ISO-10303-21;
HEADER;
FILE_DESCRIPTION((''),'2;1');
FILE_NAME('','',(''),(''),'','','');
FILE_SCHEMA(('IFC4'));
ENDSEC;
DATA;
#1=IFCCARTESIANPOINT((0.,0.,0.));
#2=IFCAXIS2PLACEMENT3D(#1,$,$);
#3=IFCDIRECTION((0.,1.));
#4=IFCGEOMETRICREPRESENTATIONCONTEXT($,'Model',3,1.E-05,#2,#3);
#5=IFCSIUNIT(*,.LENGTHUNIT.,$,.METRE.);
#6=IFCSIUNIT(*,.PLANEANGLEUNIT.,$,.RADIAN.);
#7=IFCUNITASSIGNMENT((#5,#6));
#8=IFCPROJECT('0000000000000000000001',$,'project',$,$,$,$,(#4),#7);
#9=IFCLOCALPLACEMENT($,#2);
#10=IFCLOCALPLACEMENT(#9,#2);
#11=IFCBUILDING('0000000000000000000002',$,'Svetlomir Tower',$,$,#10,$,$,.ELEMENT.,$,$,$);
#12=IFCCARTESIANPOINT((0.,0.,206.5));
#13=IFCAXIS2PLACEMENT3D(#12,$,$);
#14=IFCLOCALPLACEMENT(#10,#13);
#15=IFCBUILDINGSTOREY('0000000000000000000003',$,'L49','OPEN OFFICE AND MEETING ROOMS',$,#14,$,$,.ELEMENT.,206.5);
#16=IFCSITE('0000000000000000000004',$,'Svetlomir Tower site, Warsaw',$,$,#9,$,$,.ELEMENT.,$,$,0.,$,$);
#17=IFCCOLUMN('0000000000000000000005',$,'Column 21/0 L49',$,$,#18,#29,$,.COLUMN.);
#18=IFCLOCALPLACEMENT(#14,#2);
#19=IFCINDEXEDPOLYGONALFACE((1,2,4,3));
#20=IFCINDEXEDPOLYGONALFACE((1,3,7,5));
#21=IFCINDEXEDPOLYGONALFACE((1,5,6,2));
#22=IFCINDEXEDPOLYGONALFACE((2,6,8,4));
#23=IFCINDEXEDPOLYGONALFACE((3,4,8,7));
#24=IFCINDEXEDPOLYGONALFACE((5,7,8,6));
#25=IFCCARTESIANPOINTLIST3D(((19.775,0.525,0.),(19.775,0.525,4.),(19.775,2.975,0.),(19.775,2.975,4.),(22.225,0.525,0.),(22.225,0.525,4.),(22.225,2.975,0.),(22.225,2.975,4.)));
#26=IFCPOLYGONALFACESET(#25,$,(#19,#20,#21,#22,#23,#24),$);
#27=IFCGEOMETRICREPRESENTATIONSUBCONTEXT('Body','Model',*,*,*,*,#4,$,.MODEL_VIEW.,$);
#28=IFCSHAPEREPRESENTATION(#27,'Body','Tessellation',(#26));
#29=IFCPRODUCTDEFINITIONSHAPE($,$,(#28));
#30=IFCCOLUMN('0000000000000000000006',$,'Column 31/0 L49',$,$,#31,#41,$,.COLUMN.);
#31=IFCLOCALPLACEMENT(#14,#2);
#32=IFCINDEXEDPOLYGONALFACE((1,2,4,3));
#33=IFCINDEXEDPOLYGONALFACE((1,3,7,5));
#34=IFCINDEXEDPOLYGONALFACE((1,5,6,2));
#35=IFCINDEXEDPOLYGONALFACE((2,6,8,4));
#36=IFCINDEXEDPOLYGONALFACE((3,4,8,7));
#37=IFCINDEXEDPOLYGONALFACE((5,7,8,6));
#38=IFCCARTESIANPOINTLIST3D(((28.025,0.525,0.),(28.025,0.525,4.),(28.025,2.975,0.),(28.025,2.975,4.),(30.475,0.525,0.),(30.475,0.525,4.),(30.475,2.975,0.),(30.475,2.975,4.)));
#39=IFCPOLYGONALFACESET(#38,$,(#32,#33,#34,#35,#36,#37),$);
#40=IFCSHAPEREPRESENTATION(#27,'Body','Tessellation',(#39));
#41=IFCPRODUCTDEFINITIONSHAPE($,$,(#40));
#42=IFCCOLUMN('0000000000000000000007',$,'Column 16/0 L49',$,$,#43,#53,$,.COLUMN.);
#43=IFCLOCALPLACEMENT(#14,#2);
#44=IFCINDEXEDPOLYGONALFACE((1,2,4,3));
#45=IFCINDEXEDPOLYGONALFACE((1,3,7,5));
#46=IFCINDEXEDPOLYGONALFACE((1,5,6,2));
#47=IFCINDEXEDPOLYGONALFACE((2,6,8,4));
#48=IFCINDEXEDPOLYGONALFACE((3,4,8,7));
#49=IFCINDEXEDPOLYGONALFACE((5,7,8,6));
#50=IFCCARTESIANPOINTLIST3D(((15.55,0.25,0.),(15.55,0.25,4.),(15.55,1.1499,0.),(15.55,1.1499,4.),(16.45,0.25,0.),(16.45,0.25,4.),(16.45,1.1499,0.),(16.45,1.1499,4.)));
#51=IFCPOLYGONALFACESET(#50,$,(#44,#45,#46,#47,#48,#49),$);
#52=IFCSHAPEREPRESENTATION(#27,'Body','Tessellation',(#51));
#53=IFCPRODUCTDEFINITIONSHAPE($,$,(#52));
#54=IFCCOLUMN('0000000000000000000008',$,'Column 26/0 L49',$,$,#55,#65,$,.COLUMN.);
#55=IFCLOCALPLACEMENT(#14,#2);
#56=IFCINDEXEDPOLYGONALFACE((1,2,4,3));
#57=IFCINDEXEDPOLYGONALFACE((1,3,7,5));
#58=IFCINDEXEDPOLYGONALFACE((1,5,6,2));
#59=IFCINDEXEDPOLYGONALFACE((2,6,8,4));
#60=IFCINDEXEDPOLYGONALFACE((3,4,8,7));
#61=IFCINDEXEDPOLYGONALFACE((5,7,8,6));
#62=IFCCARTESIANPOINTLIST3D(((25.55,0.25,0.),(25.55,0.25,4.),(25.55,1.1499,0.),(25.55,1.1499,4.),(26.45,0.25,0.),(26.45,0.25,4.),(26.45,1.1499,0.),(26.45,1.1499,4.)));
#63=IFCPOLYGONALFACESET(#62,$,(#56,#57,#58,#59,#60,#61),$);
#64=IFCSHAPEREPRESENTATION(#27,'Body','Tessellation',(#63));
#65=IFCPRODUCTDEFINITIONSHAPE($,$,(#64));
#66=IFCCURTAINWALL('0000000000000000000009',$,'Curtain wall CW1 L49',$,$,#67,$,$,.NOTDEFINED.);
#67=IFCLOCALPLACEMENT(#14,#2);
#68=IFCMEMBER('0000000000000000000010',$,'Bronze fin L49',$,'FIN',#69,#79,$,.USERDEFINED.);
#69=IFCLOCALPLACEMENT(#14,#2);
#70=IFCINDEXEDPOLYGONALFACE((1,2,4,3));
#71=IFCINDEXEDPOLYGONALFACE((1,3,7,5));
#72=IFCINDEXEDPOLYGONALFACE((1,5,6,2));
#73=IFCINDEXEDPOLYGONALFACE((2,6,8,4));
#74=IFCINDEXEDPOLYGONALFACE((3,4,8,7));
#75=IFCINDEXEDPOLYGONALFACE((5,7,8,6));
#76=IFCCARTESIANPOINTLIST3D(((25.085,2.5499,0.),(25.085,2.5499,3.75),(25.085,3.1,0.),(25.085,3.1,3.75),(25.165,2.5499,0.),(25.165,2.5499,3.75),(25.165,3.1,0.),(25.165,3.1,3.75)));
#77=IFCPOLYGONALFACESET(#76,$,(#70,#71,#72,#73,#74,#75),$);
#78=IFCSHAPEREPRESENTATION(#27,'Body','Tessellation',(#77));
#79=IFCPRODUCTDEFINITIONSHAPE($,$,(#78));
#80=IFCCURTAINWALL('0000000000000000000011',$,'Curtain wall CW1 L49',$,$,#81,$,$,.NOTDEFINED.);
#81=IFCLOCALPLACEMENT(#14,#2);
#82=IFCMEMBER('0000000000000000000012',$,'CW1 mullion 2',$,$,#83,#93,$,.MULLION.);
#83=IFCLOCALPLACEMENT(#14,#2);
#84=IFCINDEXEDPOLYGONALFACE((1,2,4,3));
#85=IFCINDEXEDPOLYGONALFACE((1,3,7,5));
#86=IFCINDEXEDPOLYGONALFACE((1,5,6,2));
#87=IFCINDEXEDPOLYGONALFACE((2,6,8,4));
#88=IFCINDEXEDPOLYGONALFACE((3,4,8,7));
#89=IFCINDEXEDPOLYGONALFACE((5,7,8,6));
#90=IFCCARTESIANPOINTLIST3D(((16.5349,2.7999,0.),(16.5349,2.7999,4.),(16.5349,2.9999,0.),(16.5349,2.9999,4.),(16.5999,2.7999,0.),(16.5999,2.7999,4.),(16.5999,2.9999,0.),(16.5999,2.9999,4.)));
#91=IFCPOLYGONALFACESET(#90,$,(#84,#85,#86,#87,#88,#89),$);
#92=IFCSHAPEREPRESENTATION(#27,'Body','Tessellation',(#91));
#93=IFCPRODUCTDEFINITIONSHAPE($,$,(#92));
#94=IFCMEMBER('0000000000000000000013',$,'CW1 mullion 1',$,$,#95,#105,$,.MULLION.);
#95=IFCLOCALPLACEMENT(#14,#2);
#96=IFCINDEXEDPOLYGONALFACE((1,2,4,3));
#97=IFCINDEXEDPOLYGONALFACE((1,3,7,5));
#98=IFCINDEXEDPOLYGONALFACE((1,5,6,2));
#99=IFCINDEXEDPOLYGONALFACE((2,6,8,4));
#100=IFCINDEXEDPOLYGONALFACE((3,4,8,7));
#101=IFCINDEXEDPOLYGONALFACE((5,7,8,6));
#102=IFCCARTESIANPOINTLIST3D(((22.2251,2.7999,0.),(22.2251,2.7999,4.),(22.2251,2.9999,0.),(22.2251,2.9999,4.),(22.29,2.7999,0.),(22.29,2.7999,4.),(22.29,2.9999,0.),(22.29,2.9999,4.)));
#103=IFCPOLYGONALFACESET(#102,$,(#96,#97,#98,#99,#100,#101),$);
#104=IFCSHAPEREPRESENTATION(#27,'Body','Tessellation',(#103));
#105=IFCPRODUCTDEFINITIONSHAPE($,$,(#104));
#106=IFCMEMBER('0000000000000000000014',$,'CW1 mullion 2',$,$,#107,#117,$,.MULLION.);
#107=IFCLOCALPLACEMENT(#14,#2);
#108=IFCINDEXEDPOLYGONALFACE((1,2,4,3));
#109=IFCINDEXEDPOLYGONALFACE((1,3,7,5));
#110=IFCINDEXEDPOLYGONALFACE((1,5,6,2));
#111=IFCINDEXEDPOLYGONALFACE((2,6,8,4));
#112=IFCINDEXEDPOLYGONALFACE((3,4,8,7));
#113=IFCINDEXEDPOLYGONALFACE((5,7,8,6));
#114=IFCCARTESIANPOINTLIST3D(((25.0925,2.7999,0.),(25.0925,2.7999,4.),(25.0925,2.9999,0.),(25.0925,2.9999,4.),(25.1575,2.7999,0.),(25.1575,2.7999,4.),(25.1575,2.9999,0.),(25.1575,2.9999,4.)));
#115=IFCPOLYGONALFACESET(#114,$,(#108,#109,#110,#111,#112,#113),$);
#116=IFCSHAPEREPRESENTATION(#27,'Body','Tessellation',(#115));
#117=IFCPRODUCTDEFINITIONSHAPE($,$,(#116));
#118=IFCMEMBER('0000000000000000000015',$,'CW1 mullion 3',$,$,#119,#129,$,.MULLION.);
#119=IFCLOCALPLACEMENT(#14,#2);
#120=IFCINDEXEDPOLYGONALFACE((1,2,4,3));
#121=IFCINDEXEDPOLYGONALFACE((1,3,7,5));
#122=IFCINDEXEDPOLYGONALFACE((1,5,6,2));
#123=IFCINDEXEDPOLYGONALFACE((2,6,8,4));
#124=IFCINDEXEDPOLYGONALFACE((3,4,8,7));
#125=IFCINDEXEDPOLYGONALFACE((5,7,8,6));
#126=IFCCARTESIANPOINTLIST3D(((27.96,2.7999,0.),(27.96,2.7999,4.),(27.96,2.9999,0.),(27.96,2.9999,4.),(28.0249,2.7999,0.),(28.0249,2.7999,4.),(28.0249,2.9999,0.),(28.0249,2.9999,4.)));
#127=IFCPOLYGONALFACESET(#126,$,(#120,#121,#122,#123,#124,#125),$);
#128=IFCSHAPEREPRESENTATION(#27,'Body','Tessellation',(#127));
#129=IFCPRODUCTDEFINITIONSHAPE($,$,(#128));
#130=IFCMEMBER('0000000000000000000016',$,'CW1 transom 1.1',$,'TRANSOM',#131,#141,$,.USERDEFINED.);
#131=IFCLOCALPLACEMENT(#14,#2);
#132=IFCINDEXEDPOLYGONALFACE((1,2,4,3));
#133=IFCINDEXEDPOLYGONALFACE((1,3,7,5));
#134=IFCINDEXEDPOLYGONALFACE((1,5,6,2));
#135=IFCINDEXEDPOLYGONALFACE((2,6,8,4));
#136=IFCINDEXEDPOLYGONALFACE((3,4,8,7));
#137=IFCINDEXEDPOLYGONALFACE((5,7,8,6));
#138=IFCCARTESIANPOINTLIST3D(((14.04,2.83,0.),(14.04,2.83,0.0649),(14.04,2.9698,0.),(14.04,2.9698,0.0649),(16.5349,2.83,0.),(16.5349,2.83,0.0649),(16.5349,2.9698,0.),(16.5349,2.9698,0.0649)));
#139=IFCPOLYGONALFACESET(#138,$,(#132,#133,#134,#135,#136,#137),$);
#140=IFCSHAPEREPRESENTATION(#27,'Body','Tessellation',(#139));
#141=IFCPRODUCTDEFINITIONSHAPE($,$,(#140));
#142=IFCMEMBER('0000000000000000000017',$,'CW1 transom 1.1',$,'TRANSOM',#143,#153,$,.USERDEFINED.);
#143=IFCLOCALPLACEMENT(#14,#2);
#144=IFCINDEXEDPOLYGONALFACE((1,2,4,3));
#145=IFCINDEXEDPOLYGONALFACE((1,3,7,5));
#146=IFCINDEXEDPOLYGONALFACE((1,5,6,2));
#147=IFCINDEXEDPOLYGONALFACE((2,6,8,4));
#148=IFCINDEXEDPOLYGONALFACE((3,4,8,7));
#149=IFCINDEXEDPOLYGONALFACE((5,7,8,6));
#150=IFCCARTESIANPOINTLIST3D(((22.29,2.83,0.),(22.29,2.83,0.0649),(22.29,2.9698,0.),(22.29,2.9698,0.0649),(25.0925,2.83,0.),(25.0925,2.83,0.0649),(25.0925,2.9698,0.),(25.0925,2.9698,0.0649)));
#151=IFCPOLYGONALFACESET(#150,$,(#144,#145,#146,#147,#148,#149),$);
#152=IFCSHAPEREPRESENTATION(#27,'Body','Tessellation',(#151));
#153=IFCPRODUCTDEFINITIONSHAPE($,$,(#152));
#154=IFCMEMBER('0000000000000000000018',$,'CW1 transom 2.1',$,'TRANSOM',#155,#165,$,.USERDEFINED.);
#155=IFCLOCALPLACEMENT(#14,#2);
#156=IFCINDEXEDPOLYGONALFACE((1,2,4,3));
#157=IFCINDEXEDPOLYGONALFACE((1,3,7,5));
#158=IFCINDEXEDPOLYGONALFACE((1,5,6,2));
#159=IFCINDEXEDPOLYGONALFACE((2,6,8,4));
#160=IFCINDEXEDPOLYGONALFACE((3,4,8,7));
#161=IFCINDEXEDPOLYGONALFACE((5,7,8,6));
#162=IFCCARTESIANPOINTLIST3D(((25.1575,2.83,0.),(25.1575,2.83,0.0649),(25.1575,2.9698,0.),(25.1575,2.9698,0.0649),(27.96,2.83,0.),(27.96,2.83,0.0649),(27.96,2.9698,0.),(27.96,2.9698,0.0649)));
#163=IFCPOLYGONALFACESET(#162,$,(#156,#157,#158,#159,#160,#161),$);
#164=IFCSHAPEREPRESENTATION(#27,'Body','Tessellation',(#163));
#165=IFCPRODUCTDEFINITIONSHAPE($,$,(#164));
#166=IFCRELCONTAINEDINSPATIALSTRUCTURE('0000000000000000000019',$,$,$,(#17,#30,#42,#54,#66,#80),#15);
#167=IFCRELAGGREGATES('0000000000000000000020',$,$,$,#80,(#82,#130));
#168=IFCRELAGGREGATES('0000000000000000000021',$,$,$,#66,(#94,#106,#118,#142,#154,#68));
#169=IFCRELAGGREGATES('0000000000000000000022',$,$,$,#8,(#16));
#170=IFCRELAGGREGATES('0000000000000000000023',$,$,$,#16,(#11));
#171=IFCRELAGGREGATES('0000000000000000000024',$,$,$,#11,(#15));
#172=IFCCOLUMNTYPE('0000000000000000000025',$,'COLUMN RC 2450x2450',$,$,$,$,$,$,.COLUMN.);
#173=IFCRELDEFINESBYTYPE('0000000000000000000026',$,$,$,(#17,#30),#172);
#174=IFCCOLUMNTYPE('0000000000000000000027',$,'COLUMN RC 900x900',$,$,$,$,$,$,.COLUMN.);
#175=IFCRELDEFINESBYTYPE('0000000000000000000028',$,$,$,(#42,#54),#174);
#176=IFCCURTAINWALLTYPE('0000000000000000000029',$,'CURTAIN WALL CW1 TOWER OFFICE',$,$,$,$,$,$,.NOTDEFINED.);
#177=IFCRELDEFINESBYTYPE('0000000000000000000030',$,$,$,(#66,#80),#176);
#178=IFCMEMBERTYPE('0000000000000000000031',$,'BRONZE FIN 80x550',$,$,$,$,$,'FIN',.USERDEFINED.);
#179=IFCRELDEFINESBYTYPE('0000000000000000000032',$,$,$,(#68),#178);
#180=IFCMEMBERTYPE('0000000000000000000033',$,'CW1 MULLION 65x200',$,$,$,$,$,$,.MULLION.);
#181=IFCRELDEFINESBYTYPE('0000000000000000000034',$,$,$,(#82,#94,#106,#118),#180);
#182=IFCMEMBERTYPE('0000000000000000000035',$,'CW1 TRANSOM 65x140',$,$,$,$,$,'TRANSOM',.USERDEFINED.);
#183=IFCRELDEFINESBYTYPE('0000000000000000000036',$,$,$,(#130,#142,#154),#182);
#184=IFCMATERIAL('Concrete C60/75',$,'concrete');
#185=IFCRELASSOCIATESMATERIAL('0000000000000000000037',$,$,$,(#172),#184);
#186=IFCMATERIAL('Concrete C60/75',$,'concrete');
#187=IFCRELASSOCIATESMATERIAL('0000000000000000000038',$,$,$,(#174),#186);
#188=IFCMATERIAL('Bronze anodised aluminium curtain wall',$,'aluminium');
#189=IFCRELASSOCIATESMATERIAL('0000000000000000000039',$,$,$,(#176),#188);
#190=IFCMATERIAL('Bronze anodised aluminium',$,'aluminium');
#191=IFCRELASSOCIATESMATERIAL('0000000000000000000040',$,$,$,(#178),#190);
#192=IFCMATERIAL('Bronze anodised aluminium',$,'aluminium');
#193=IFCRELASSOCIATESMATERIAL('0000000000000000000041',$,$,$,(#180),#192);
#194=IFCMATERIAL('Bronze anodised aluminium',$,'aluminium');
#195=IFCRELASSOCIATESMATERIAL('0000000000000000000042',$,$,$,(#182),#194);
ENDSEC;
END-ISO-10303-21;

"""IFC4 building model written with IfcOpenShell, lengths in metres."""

from ifc_helpers import new_model, si_unit, direction, frame, origin, origin_2d, place, context, subcontext, project, spatial, rectangle, extrude, material, material_profile, profile_set, type_object, element, aggregate, save


model = new_model("IFC4")

# Units and contexts
model_context = context("Model", 3, precision=1e-05, world=origin(), true_north=direction((0.0, 1.0)))
body_context = subcontext(model_context, "Body", "Model", "MODEL_VIEW")
ifc_project = project(units=[si_unit("LENGTHUNIT", "METRE"), si_unit("PLANEANGLEUNIT", "RADIAN")], contexts=[model_context])

# Site, building, storey
site_placement = place(None, origin())
site = spatial("IfcSite", under=ifc_project, at=site_placement, Name="Svetlomir Tower site, Warsaw", CompositionType="ELEMENT", RefElevation=0.0)
building_placement = place(site_placement, origin())
building = spatial("IfcBuilding", under=site, at=building_placement, Name="Svetlomir Tower", CompositionType="ELEMENT")
storey_placement = place(building_placement, frame((0.0, 0.0, 206.5)))
storey = spatial("IfcBuildingStorey", under=building, at=storey_placement, Name="L49", Description="OPEN OFFICE AND MEETING ROOMS", CompositionType="ELEMENT", Elevation=206.5)

# Columns
ifc_material_1 = material(Name="Concrete C60/75", Category="concrete")
ifc_material_profile_1 = material_profile(ifc_material_1, rectangle(XDim=2.45, YDim=2.45, at=origin_2d()), Name="RC 2450x2450")
ifc_profile_set_1 = profile_set([ifc_material_profile_1], Name="Concrete C60/75")
column_type_1 = type_object("IfcColumnType", Name="COLUMN RC 2450x2450", PredefinedType="COLUMN", material=ifc_profile_set_1)
for number, where, z_axis, x_axis, name in (
    (1, (21.0, 1.75, 0.0), (0.0, 0.0, 1.0), (1.0, 0.0, 0.0), "Column 21/0 L49"),
    (2, (29.25, 1.75, 0.0), (0.0, 0.0, 1.0), (1.0, 0.0, 0.0), "Column 31/0 L49"),
):
    element("IfcColumn", number, at=place(storey_placement, frame(where, z_axis=z_axis, x_axis=x_axis)), inside=storey, type_object=column_type_1, Name=name, PredefinedType="COLUMN", context=body_context, shape_type="SweptSolid", body=[
        extrude(rectangle(XDim=2.45, YDim=2.45, at=origin_2d()), origin(), (0.0, 0.0, 1.0), 4.0),
    ])
ifc_material_2 = material(Name="Concrete C60/75", Category="concrete")
ifc_material_profile_2 = material_profile(ifc_material_2, rectangle(XDim=0.8999, YDim=0.8999, at=origin_2d()), Name="RC 900x900")
ifc_profile_set_2 = profile_set([ifc_material_profile_2], Name="Concrete C60/75")
column_type_2 = type_object("IfcColumnType", Name="COLUMN RC 900x900", PredefinedType="COLUMN", material=ifc_profile_set_2)
for number, where, z_axis, x_axis, name in (
    (3, (16.0, 0.7, 0.0), (0.0, 0.0, 1.0), (1.0, 0.0, 0.0), "Column 16/0 L49"),
    (4, (26.0, 0.7, 0.0), (0.0, 0.0, 1.0), (1.0, 0.0, 0.0), "Column 26/0 L49"),
):
    element("IfcColumn", number, at=place(storey_placement, frame(where, z_axis=z_axis, x_axis=x_axis)), inside=storey, type_object=column_type_2, Name=name, PredefinedType="COLUMN", context=body_context, shape_type="SweptSolid", body=[
        extrude(rectangle(XDim=0.8999, YDim=0.8999, at=origin_2d()), origin(), (0.0, 0.0, 1.0), 4.0),
    ])

# Curtain walls, members
ifc_material_3 = material(Name="Bronze anodised aluminium curtain wall", Category="aluminium")
curtain_wall_type = type_object("IfcCurtainWallType", Name="CURTAIN WALL CW1 TOWER OFFICE", PredefinedType="NOTDEFINED", material=ifc_material_3)
curtain_wall_1_placement = place(storey_placement, origin())
curtain_wall_1 = element("IfcCurtainWall", 5, at=curtain_wall_1_placement, inside=storey, type_object=curtain_wall_type, Name="Curtain wall CW1 L49", PredefinedType="NOTDEFINED")
ifc_material_4 = material(Name="Bronze anodised aluminium", Category="aluminium")
ifc_material_profile_3 = material_profile(ifc_material_4, rectangle(XDim=0.0801, YDim=0.55, at=origin_2d()), Name="FIN 80x550")
ifc_profile_set_3 = profile_set([ifc_material_profile_3], Name="Bronze anodised aluminium 6063-T6")
member_type_1 = type_object("IfcMemberType", Name="BRONZE FIN 80x550", ElementType="FIN", PredefinedType="USERDEFINED", material=ifc_profile_set_3)
member_1_placement = place(storey_placement, frame((25.125, 2.825, 0.0), z_axis=(0.0, 0.0, 1.0), x_axis=(1.0, 0.0, 0.0)))
member_1 = element("IfcMember", 6, at=member_1_placement, type_object=member_type_1, Name="Bronze fin L49", ObjectType="FIN", PredefinedType="USERDEFINED", context=body_context, shape_type="SweptSolid", body=[
    extrude(rectangle(XDim=0.0801, YDim=0.55, at=origin_2d()), origin(), (0.0, 0.0, 1.0), 3.75),
])
curtain_wall_2_placement = place(storey_placement, origin())
curtain_wall_2 = element("IfcCurtainWall", 7, at=curtain_wall_2_placement, inside=storey, type_object=curtain_wall_type, Name="Curtain wall CW1 L49", PredefinedType="NOTDEFINED")
ifc_material_5 = material(Name="Bronze anodised aluminium", Category="aluminium")
ifc_material_profile_4 = material_profile(ifc_material_5, rectangle(XDim=0.0649, YDim=0.2, at=origin_2d()), Name="AL 65x200")
ifc_profile_set_4 = profile_set([ifc_material_profile_4], Name="Bronze anodised aluminium 6063-T6")
member_type_2 = type_object("IfcMemberType", Name="CW1 MULLION 65x200", PredefinedType="MULLION", material=ifc_profile_set_4)
member_2_placement = place(storey_placement, frame((16.5674, 2.8999, 0.0), z_axis=(0.0, 0.0, 1.0), x_axis=(1.0, 0.0, 0.0)))
member_2 = element("IfcMember", 8, at=member_2_placement, type_object=member_type_2, Name="CW1 mullion 2", PredefinedType="MULLION", context=body_context, shape_type="SweptSolid", body=[
    extrude(rectangle(XDim=0.0649, YDim=0.2, at=origin_2d()), origin(), (0.0, 0.0, 1.0), 4.0),
])

# Members
member_3_placement = place(storey_placement, frame((22.2576, 2.8999, 0.0), z_axis=(0.0, 0.0, 1.0), x_axis=(1.0, 0.0, 0.0)))
member_3 = element("IfcMember", 9, at=member_3_placement, type_object=member_type_2, Name="CW1 mullion 1", PredefinedType="MULLION", context=body_context, shape_type="SweptSolid", body=[
    extrude(rectangle(XDim=0.0649, YDim=0.2, at=origin_2d()), origin(), (0.0, 0.0, 1.0), 4.0),
])
member_4_placement = place(storey_placement, frame((25.125, 2.8999, 0.0), z_axis=(0.0, 0.0, 1.0), x_axis=(1.0, 0.0, 0.0)))
member_4 = element("IfcMember", 10, at=member_4_placement, type_object=member_type_2, Name="CW1 mullion 2", PredefinedType="MULLION", context=body_context, shape_type="SweptSolid", body=[
    extrude(rectangle(XDim=0.0649, YDim=0.2, at=origin_2d()), origin(), (0.0, 0.0, 1.0), 4.0),
])
member_5_placement = place(storey_placement, frame((27.9924, 2.8999, 0.0), z_axis=(0.0, 0.0, 1.0), x_axis=(1.0, 0.0, 0.0)))
member_5 = element("IfcMember", 11, at=member_5_placement, type_object=member_type_2, Name="CW1 mullion 3", PredefinedType="MULLION", context=body_context, shape_type="SweptSolid", body=[
    extrude(rectangle(XDim=0.0649, YDim=0.2, at=origin_2d()), origin(), (0.0, 0.0, 1.0), 4.0),
])
ifc_material_6 = material(Name="Bronze anodised aluminium", Category="aluminium")
ifc_material_profile_5 = material_profile(ifc_material_6, rectangle(XDim=0.1399, YDim=0.0649, at=origin_2d()), Name="AL 140x65")
ifc_profile_set_5 = profile_set([ifc_material_profile_5], Name="Bronze anodised aluminium 6063-T6")
member_type_3 = type_object("IfcMemberType", Name="CW1 TRANSOM 65x140", ElementType="TRANSOM", PredefinedType="USERDEFINED", material=ifc_profile_set_5)
member_6_placement = place(storey_placement, frame((14.04, 2.8999, 0.0325), z_axis=(1.0, 0.0, 0.0), x_axis=(0.0, 1.0, 0.0)))
member_6 = element("IfcMember", 12, at=member_6_placement, type_object=member_type_3, Name="CW1 transom 1.1", ObjectType="TRANSOM", PredefinedType="USERDEFINED", context=body_context, shape_type="SweptSolid", body=[
    extrude(rectangle(XDim=0.1399, YDim=0.0649, at=origin_2d()), origin(), (0.0, 0.0, 1.0), 2.4949),
])
member_7_placement = place(storey_placement, frame((22.29, 2.8999, 0.0325), z_axis=(1.0, 0.0, 0.0), x_axis=(0.0, 1.0, 0.0)))
member_7 = element("IfcMember", 13, at=member_7_placement, type_object=member_type_3, Name="CW1 transom 1.1", ObjectType="TRANSOM", PredefinedType="USERDEFINED", context=body_context, shape_type="SweptSolid", body=[
    extrude(rectangle(XDim=0.1399, YDim=0.0649, at=origin_2d()), origin(), (0.0, 0.0, 1.0), 2.8025),
])
member_8_placement = place(storey_placement, frame((25.1575, 2.8999, 0.0325), z_axis=(1.0, 0.0, 0.0), x_axis=(0.0, 1.0, 0.0)))
member_8 = element("IfcMember", 14, at=member_8_placement, type_object=member_type_3, Name="CW1 transom 2.1", ObjectType="TRANSOM", PredefinedType="USERDEFINED", context=body_context, shape_type="SweptSolid", body=[
    extrude(rectangle(XDim=0.1399, YDim=0.0649, at=origin_2d()), origin(), (0.0, 0.0, 1.0), 2.8025),
])

aggregate(curtain_wall_2, [member_2, member_6])
aggregate(curtain_wall_1, [member_3, member_4, member_5, member_7, member_8, member_1])

save(model, "model.ifc")
